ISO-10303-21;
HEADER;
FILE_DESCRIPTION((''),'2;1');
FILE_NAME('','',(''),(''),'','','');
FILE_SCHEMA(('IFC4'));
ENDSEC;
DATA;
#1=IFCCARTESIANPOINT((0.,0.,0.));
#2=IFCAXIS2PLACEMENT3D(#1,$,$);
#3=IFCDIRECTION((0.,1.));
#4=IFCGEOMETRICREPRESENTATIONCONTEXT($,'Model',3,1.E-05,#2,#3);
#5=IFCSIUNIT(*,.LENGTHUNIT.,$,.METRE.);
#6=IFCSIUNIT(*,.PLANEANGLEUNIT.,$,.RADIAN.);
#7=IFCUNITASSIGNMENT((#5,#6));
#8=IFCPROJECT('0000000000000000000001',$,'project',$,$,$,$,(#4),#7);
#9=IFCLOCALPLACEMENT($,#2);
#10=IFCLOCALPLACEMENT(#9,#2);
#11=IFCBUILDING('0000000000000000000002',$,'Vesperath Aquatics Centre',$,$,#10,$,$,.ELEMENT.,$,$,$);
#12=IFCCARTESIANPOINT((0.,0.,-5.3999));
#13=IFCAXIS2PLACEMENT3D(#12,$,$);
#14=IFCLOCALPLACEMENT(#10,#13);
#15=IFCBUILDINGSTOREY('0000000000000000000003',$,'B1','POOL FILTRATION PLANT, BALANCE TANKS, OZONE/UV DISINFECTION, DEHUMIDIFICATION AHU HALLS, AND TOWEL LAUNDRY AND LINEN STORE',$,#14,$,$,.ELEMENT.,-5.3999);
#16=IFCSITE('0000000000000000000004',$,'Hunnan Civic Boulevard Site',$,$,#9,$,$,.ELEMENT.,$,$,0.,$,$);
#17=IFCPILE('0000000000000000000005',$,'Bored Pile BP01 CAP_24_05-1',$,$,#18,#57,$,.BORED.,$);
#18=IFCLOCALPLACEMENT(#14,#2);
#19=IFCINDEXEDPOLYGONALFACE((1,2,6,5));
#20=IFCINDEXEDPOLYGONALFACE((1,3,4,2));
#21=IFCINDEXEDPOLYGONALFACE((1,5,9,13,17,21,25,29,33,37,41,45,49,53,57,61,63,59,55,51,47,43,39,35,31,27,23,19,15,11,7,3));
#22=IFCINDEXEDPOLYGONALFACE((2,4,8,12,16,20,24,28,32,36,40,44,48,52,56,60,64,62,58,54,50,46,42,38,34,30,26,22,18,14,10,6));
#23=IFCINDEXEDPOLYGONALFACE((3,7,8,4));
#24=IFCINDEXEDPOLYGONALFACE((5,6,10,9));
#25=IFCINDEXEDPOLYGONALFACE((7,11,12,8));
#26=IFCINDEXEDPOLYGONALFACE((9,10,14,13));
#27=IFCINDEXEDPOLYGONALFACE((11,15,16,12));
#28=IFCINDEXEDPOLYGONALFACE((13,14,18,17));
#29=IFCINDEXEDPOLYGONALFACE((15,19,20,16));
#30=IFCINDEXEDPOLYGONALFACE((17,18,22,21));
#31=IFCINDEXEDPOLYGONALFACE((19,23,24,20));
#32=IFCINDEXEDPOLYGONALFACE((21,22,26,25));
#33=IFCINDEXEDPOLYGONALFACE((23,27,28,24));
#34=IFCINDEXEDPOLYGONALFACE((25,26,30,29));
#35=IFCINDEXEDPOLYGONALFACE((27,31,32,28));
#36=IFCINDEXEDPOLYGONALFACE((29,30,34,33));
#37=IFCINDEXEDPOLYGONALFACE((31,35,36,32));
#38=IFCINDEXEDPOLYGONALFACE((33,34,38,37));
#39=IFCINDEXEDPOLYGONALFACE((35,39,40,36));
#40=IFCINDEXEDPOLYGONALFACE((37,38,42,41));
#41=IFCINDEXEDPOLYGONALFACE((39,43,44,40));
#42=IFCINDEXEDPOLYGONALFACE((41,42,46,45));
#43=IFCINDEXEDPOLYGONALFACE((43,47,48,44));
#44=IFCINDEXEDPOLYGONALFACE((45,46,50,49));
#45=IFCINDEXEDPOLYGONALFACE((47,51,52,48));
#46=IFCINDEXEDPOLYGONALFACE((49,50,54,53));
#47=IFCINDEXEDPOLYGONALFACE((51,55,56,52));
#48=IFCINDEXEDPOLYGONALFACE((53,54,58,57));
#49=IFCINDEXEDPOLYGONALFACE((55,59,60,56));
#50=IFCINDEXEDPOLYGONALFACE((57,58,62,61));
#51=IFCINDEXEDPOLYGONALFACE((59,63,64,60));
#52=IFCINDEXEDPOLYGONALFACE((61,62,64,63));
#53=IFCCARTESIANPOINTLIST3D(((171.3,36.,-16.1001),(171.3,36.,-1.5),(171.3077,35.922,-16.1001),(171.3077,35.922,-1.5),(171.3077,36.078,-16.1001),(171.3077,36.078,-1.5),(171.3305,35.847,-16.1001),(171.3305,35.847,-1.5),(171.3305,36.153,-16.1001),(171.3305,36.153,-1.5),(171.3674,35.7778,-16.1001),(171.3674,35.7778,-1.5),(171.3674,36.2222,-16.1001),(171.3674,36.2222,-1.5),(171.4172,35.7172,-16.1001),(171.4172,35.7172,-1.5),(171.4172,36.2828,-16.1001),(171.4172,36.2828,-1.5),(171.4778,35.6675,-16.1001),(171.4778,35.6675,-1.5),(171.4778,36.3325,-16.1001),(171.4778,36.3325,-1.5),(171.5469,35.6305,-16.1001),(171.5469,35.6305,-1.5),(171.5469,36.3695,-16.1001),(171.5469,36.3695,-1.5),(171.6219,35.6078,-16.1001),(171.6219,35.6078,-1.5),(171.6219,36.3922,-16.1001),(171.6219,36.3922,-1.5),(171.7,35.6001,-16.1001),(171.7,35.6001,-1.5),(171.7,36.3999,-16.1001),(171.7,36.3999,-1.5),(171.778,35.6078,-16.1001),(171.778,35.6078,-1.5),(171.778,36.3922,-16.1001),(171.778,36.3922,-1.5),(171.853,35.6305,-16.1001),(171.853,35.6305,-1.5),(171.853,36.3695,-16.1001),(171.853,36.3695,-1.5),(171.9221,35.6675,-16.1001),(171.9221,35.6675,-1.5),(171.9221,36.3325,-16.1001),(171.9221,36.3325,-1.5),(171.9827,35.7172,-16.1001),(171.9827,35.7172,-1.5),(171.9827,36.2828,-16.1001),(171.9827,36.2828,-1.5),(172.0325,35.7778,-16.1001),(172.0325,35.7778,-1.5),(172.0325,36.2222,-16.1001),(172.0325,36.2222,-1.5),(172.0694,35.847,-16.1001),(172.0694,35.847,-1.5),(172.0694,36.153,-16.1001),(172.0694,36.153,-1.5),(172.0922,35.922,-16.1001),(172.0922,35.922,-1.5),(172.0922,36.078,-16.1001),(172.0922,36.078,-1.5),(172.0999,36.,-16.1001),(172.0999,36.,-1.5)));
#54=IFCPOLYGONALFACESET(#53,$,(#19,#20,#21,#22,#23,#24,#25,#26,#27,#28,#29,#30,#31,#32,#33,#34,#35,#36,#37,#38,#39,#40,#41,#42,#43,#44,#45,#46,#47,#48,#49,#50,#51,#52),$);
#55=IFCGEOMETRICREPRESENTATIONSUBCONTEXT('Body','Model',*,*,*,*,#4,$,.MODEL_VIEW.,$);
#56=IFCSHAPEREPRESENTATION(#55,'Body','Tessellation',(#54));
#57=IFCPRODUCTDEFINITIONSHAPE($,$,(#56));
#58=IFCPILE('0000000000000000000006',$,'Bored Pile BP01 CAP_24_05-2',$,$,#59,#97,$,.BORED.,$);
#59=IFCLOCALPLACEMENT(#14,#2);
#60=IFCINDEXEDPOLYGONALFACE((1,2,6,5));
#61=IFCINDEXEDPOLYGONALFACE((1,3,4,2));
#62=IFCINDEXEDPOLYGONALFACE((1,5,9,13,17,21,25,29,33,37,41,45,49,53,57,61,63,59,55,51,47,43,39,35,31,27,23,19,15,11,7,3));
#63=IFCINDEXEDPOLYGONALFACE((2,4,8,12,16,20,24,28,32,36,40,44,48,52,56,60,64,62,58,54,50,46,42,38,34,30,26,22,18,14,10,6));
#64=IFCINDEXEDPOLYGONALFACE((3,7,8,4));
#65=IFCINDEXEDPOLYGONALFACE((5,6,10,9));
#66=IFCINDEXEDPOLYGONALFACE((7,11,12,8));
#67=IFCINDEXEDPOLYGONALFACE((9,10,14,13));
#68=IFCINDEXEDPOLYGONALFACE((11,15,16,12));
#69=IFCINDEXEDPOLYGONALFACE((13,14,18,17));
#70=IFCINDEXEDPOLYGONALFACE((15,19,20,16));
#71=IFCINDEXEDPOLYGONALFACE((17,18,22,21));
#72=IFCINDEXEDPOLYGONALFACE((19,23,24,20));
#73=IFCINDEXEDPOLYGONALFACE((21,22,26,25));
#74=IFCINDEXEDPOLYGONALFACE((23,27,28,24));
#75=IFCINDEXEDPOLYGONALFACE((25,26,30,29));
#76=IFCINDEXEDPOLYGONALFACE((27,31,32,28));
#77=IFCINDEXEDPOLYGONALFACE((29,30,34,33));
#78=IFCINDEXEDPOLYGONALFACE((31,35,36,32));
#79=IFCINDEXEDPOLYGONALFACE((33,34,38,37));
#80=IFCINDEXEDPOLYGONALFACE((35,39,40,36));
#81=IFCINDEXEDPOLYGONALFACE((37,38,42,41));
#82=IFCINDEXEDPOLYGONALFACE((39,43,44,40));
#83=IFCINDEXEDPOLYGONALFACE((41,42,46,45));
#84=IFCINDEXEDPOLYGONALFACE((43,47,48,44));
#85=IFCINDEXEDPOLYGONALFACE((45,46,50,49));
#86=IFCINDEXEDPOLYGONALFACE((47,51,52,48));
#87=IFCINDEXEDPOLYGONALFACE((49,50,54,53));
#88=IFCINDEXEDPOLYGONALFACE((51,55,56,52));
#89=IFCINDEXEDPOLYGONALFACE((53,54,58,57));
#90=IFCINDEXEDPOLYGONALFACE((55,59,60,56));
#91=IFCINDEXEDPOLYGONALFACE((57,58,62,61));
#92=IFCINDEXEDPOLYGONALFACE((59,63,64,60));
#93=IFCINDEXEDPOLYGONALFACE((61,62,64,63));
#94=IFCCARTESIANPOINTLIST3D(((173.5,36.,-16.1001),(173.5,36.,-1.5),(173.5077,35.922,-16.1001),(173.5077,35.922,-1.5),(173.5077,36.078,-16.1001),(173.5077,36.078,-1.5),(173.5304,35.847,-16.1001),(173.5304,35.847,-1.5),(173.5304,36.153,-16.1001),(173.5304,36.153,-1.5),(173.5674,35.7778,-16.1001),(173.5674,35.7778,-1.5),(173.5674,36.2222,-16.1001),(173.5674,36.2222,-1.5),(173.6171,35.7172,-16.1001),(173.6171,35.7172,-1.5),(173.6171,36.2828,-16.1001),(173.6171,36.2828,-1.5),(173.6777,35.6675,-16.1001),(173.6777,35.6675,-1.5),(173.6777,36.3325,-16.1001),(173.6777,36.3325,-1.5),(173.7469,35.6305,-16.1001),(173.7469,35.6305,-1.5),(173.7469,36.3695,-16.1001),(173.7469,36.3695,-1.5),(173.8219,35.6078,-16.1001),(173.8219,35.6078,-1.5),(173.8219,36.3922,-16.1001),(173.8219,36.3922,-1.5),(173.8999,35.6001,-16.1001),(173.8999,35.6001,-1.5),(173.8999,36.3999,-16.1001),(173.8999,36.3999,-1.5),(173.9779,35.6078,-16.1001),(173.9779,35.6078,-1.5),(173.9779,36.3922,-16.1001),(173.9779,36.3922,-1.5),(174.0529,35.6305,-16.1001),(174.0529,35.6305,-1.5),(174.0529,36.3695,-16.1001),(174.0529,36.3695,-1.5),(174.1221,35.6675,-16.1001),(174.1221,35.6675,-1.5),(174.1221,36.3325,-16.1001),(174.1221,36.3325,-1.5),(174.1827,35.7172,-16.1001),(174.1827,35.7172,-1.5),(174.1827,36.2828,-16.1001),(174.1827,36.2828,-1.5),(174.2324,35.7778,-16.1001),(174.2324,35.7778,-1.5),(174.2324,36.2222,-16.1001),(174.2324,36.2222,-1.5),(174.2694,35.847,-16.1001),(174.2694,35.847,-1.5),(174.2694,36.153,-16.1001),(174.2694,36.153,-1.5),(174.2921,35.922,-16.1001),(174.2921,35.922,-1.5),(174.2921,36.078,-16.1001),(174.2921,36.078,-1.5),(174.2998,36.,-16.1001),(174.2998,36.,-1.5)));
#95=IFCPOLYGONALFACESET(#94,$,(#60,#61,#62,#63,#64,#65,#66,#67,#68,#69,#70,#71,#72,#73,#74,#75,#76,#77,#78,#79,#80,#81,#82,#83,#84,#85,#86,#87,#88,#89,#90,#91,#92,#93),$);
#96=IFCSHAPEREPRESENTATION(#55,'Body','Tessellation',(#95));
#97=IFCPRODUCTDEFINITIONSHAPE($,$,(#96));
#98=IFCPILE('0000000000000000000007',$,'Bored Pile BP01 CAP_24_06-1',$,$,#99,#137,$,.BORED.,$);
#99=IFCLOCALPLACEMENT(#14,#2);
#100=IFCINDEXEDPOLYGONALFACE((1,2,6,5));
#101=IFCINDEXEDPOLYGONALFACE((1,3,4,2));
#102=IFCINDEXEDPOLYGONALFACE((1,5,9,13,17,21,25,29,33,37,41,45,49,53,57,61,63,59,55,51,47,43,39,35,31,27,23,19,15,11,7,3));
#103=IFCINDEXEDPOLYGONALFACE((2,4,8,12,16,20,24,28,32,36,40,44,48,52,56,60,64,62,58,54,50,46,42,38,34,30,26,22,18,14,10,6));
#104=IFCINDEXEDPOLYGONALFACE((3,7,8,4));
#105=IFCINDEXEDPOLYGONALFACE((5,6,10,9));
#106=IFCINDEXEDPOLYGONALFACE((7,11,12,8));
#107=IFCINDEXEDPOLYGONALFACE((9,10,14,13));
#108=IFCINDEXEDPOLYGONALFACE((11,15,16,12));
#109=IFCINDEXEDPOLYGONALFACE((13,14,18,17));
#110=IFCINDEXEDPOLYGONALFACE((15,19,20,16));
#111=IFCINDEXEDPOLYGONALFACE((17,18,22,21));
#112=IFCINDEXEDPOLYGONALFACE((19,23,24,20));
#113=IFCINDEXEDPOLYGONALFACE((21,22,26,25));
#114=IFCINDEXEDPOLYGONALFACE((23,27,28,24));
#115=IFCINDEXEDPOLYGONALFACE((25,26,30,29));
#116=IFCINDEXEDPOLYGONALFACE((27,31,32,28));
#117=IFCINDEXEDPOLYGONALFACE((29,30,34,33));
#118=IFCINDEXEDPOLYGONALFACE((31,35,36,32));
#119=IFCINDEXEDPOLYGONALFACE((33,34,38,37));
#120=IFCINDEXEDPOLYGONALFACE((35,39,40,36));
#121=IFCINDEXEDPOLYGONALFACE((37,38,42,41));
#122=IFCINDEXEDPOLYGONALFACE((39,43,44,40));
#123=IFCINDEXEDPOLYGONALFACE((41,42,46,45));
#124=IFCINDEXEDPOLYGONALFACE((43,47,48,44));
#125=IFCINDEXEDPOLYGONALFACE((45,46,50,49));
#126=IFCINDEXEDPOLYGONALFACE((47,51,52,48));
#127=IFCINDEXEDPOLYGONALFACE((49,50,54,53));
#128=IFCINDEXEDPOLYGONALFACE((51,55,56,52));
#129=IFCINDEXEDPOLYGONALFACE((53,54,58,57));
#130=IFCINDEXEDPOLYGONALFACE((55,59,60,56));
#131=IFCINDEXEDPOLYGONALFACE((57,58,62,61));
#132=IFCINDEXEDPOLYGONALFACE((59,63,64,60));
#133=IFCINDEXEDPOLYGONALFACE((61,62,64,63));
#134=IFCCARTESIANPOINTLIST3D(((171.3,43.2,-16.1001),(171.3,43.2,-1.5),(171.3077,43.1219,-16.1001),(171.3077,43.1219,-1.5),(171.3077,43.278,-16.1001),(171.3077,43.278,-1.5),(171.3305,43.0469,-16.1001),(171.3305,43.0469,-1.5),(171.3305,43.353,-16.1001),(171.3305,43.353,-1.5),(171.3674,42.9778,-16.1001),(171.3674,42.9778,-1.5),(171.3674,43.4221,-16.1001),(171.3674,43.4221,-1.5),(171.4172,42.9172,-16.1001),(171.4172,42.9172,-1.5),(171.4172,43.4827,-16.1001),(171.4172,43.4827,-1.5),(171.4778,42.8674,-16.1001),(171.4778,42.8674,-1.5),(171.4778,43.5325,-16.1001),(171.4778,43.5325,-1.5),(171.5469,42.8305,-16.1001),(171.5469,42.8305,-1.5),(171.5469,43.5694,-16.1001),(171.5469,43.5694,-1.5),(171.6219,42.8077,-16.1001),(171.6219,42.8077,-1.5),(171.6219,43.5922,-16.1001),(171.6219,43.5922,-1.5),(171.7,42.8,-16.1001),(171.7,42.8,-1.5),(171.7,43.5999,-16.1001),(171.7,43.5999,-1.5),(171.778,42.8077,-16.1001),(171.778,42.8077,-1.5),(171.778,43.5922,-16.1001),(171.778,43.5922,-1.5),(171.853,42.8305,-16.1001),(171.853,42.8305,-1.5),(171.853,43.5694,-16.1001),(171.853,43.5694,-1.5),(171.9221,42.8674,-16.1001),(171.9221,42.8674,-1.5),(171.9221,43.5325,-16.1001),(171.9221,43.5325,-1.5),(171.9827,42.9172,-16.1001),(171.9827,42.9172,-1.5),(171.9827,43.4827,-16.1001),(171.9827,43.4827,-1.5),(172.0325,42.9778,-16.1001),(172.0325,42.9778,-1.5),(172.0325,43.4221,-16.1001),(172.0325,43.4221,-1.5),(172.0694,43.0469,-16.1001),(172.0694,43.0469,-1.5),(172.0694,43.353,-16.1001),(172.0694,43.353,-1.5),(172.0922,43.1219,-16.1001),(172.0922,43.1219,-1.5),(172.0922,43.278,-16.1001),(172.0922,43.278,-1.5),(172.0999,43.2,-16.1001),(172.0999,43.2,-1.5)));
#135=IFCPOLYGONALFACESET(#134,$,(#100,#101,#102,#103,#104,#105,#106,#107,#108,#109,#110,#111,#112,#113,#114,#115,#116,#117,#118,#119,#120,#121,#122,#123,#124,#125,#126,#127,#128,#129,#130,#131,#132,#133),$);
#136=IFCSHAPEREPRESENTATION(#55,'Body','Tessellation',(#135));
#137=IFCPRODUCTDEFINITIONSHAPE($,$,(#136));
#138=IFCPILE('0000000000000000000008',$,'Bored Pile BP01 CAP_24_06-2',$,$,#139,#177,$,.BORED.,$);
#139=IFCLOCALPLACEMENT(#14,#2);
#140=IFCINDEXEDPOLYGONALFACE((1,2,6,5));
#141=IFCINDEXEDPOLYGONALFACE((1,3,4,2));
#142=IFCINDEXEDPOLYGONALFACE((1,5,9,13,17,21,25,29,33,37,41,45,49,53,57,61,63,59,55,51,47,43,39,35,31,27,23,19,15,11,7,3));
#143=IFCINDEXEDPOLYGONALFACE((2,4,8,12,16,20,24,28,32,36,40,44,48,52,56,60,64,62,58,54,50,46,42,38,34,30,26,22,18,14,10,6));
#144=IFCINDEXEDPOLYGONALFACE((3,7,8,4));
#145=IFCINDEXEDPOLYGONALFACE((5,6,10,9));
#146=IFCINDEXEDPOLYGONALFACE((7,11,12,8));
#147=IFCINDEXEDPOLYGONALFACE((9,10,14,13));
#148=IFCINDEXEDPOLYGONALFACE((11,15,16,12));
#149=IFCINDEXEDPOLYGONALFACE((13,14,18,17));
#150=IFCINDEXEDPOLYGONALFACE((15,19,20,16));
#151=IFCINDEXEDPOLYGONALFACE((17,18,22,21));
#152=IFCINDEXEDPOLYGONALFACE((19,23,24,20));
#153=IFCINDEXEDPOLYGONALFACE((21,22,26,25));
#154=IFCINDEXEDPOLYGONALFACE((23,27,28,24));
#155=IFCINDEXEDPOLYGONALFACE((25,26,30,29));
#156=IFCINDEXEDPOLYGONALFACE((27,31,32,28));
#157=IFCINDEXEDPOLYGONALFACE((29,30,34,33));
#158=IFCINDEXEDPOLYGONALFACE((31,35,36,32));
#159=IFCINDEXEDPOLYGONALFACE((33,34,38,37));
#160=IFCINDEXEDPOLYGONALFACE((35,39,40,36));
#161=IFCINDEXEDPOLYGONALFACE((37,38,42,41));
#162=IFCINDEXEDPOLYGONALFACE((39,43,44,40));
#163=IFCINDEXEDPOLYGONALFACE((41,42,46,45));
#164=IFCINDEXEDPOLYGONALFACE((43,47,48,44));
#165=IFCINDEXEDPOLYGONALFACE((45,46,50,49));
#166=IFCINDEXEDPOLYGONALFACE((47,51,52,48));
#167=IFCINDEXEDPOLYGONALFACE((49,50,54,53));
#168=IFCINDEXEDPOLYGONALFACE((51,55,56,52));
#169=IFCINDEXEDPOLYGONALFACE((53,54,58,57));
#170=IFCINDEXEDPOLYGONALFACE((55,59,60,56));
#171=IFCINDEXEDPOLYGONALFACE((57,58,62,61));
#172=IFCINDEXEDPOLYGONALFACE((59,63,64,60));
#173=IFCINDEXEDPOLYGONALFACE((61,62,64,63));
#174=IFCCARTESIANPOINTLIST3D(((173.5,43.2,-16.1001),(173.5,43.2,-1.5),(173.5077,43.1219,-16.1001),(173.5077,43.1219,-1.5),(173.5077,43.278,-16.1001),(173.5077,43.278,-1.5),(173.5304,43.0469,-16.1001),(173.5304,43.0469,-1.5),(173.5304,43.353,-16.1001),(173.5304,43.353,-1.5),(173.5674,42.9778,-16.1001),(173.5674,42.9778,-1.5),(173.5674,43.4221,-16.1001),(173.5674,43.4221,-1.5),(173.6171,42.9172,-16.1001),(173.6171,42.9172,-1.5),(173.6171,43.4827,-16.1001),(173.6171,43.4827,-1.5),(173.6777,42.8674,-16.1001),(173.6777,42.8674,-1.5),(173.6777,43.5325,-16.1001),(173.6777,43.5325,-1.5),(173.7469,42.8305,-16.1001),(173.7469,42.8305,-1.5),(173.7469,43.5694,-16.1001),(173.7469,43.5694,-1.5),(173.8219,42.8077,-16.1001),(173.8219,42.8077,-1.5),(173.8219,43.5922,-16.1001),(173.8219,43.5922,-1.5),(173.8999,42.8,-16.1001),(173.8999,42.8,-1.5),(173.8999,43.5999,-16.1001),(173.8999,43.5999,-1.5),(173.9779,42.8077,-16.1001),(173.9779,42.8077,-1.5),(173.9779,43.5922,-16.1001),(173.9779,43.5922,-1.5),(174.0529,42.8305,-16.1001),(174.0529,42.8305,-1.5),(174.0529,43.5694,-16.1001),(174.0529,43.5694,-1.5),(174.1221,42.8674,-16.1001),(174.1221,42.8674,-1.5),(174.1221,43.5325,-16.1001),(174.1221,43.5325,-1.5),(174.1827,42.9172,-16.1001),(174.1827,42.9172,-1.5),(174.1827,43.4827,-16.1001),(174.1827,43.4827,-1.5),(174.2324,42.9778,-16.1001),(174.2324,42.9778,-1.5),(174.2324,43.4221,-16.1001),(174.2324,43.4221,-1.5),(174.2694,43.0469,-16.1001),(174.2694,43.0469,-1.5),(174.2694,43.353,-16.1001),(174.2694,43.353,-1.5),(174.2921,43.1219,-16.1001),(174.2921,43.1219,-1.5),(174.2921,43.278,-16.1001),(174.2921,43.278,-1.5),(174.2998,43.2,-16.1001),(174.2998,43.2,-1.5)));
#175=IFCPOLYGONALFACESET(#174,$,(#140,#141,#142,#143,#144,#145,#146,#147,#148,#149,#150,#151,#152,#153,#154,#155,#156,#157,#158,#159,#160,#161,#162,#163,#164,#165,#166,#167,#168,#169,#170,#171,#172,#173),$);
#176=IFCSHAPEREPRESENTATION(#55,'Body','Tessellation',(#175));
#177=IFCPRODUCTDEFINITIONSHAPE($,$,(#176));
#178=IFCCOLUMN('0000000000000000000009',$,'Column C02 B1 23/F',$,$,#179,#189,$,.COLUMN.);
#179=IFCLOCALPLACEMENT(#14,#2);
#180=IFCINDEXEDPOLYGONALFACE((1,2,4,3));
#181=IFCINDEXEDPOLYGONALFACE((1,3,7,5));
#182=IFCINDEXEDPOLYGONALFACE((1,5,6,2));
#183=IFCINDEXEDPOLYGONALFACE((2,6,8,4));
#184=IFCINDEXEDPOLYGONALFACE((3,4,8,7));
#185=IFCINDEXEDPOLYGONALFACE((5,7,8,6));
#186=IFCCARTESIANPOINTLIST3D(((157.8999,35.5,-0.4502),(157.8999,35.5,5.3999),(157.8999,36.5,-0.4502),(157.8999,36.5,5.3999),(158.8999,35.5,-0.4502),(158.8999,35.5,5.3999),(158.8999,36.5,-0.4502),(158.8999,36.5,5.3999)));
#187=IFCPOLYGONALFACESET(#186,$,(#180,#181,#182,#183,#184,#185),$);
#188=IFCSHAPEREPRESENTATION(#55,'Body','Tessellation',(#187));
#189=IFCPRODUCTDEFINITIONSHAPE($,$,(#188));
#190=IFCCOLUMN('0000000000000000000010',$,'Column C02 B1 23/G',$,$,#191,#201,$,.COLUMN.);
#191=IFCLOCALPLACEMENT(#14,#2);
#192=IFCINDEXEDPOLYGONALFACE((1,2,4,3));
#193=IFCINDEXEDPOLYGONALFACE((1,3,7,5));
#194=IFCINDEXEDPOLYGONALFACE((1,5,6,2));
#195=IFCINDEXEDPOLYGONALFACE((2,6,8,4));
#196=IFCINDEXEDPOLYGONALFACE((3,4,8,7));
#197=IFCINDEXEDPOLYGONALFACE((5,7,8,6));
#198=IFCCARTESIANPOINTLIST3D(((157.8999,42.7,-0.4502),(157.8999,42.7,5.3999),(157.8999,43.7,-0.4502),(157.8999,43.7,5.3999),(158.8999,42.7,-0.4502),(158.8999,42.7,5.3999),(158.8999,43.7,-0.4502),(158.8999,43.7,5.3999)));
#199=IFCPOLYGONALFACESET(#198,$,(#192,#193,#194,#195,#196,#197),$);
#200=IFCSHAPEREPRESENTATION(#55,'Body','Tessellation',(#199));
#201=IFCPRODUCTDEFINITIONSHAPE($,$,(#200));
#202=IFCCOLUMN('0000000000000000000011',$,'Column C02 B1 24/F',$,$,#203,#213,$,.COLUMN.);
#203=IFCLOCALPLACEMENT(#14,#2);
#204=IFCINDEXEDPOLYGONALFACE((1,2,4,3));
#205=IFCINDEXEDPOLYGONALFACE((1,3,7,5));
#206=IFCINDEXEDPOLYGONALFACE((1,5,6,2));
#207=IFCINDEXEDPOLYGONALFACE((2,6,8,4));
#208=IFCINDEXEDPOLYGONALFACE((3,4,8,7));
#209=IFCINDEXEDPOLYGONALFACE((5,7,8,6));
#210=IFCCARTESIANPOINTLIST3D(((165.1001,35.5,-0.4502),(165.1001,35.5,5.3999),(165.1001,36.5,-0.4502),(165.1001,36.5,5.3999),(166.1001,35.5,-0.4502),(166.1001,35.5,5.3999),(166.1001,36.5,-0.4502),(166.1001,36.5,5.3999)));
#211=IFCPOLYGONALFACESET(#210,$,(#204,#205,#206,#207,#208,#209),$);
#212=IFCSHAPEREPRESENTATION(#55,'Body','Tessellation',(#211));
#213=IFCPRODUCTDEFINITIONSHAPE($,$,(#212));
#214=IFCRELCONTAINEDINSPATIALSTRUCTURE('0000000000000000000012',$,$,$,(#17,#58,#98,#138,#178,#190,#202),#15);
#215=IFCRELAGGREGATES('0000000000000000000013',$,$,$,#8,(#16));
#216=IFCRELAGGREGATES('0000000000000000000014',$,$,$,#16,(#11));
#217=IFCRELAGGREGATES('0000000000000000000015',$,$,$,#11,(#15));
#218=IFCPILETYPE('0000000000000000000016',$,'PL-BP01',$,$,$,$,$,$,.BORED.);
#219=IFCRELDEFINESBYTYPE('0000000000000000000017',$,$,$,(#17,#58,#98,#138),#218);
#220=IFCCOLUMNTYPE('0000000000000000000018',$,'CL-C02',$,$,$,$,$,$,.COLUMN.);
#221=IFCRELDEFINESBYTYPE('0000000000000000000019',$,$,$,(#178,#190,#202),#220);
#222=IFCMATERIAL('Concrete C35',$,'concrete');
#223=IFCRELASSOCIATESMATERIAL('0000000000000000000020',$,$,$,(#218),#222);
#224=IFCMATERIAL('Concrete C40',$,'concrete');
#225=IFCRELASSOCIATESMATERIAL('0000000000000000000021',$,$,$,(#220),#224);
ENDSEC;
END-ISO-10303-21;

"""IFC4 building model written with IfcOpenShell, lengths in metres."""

from ifc_helpers import new_model, si_unit, direction, frame, origin, origin_2d, place, context, subcontext, project, spatial, rectangle, circle, extrude, material, material_profile, profile_set, type_object, element, save


model = new_model("IFC4")

# Units and contexts
model_context = context("Model", 3, precision=1e-05, world=origin(), true_north=direction((0.0, 1.0)))
body_context = subcontext(model_context, "Body", "Model", "MODEL_VIEW")
ifc_project = project(units=[si_unit("LENGTHUNIT", "METRE"), si_unit("PLANEANGLEUNIT", "RADIAN")], contexts=[model_context])

# Site, building, storey
site_placement = place(None, origin())
site = spatial("IfcSite", under=ifc_project, at=site_placement, Name="Hunnan Civic Boulevard Site", CompositionType="ELEMENT", RefElevation=0.0)
building_placement = place(site_placement, origin())
building = spatial("IfcBuilding", under=site, at=building_placement, Name="Vesperath Aquatics Centre", CompositionType="ELEMENT")
storey_placement = place(building_placement, frame((0.0, 0.0, -5.3999)))
storey = spatial("IfcBuildingStorey", under=building, at=storey_placement, Name="B1", Description="POOL FILTRATION PLANT, BALANCE TANKS, OZONE/UV DISINFECTION, DEHUMIDIFICATION AHU HALLS, AND TOWEL LAUNDRY AND LINEN STORE", CompositionType="ELEMENT", Elevation=-5.3999)

# Shared definitions
ifc_material_1 = material(Name="Concrete C40", Category="concrete")

# Piles
ifc_material_2 = material(Name="Concrete C35", Category="concrete")
ifc_material_profile_1 = material_profile(ifc_material_2, circle(Radius=0.3999, at=origin_2d()), Name="PILE D800")
ifc_profile_set_1 = profile_set([ifc_material_profile_1], Name="Concrete C35")
pile_type = type_object("IfcPileType", Name="PL-BP01", PredefinedType="BORED", material=ifc_profile_set_1)
for number, where, z_axis, x_axis, name in (
    (1, (171.7, 36.0, -1.5), (0.0, 0.0, -1.0), (1.0, 0.0, 0.0), "Bored Pile BP01 CAP_24_05-1"),
    (2, (173.8999, 36.0, -1.5), (0.0, 0.0, -1.0), (1.0, 0.0, 0.0), "Bored Pile BP01 CAP_24_05-2"),
    (3, (171.7, 43.2, -1.5), (0.0, 0.0, -1.0), (1.0, 0.0, 0.0), "Bored Pile BP01 CAP_24_06-1"),
    (4, (173.8999, 43.2, -1.5), (0.0, 0.0, -1.0), (1.0, 0.0, 0.0), "Bored Pile BP01 CAP_24_06-2"),
):
    element("IfcPile", number, at=place(storey_placement, frame(where, z_axis=z_axis, x_axis=x_axis)), inside=storey, type_object=pile_type, Name=name, PredefinedType="BORED", context=body_context, shape_type="SweptSolid", body=[
        extrude(circle(Radius=0.3999, at=origin_2d()), origin(), (0.0, 0.0, 1.0), 14.6001),
    ])

# Columns
ifc_material_profile_2 = material_profile(ifc_material_1, rectangle(XDim=1.0, YDim=1.0, at=origin_2d()), Name="RC 1000x1000")
ifc_profile_set_2 = profile_set([ifc_material_profile_2], Name="Concrete C40")
column_type_1 = type_object("IfcColumnType", Name="CL-C02", PredefinedType="COLUMN", material=ifc_profile_set_2)
for number, where, z_axis, x_axis, name in (
    (5, (158.3999, 36.0, -0.4502), (0.0, 0.0, 1.0), (1.0, 0.0, 0.0), "Column C02 B1 23/F"),
    (6, (158.3999, 43.2, -0.4502), (0.0, 0.0, 1.0), (1.0, 0.0, 0.0), "Column C02 B1 23/G"),
    (7, (165.6001, 36.0, -0.4502), (0.0, 0.0, 1.0), (1.0, 0.0, 0.0), "Column C02 B1 24/F"),
):
    element("IfcColumn", number, at=place(storey_placement, frame(where, z_axis=z_axis, x_axis=x_axis)), inside=storey, type_object=column_type_1, Name=name, PredefinedType="COLUMN", context=body_context, shape_type="SweptSolid", body=[
        extrude(rectangle(XDim=1.0, YDim=1.0, at=origin_2d()), origin(), (0.0, 0.0, 1.0), 5.8501),
    ])

save(model, "model.ifc")
